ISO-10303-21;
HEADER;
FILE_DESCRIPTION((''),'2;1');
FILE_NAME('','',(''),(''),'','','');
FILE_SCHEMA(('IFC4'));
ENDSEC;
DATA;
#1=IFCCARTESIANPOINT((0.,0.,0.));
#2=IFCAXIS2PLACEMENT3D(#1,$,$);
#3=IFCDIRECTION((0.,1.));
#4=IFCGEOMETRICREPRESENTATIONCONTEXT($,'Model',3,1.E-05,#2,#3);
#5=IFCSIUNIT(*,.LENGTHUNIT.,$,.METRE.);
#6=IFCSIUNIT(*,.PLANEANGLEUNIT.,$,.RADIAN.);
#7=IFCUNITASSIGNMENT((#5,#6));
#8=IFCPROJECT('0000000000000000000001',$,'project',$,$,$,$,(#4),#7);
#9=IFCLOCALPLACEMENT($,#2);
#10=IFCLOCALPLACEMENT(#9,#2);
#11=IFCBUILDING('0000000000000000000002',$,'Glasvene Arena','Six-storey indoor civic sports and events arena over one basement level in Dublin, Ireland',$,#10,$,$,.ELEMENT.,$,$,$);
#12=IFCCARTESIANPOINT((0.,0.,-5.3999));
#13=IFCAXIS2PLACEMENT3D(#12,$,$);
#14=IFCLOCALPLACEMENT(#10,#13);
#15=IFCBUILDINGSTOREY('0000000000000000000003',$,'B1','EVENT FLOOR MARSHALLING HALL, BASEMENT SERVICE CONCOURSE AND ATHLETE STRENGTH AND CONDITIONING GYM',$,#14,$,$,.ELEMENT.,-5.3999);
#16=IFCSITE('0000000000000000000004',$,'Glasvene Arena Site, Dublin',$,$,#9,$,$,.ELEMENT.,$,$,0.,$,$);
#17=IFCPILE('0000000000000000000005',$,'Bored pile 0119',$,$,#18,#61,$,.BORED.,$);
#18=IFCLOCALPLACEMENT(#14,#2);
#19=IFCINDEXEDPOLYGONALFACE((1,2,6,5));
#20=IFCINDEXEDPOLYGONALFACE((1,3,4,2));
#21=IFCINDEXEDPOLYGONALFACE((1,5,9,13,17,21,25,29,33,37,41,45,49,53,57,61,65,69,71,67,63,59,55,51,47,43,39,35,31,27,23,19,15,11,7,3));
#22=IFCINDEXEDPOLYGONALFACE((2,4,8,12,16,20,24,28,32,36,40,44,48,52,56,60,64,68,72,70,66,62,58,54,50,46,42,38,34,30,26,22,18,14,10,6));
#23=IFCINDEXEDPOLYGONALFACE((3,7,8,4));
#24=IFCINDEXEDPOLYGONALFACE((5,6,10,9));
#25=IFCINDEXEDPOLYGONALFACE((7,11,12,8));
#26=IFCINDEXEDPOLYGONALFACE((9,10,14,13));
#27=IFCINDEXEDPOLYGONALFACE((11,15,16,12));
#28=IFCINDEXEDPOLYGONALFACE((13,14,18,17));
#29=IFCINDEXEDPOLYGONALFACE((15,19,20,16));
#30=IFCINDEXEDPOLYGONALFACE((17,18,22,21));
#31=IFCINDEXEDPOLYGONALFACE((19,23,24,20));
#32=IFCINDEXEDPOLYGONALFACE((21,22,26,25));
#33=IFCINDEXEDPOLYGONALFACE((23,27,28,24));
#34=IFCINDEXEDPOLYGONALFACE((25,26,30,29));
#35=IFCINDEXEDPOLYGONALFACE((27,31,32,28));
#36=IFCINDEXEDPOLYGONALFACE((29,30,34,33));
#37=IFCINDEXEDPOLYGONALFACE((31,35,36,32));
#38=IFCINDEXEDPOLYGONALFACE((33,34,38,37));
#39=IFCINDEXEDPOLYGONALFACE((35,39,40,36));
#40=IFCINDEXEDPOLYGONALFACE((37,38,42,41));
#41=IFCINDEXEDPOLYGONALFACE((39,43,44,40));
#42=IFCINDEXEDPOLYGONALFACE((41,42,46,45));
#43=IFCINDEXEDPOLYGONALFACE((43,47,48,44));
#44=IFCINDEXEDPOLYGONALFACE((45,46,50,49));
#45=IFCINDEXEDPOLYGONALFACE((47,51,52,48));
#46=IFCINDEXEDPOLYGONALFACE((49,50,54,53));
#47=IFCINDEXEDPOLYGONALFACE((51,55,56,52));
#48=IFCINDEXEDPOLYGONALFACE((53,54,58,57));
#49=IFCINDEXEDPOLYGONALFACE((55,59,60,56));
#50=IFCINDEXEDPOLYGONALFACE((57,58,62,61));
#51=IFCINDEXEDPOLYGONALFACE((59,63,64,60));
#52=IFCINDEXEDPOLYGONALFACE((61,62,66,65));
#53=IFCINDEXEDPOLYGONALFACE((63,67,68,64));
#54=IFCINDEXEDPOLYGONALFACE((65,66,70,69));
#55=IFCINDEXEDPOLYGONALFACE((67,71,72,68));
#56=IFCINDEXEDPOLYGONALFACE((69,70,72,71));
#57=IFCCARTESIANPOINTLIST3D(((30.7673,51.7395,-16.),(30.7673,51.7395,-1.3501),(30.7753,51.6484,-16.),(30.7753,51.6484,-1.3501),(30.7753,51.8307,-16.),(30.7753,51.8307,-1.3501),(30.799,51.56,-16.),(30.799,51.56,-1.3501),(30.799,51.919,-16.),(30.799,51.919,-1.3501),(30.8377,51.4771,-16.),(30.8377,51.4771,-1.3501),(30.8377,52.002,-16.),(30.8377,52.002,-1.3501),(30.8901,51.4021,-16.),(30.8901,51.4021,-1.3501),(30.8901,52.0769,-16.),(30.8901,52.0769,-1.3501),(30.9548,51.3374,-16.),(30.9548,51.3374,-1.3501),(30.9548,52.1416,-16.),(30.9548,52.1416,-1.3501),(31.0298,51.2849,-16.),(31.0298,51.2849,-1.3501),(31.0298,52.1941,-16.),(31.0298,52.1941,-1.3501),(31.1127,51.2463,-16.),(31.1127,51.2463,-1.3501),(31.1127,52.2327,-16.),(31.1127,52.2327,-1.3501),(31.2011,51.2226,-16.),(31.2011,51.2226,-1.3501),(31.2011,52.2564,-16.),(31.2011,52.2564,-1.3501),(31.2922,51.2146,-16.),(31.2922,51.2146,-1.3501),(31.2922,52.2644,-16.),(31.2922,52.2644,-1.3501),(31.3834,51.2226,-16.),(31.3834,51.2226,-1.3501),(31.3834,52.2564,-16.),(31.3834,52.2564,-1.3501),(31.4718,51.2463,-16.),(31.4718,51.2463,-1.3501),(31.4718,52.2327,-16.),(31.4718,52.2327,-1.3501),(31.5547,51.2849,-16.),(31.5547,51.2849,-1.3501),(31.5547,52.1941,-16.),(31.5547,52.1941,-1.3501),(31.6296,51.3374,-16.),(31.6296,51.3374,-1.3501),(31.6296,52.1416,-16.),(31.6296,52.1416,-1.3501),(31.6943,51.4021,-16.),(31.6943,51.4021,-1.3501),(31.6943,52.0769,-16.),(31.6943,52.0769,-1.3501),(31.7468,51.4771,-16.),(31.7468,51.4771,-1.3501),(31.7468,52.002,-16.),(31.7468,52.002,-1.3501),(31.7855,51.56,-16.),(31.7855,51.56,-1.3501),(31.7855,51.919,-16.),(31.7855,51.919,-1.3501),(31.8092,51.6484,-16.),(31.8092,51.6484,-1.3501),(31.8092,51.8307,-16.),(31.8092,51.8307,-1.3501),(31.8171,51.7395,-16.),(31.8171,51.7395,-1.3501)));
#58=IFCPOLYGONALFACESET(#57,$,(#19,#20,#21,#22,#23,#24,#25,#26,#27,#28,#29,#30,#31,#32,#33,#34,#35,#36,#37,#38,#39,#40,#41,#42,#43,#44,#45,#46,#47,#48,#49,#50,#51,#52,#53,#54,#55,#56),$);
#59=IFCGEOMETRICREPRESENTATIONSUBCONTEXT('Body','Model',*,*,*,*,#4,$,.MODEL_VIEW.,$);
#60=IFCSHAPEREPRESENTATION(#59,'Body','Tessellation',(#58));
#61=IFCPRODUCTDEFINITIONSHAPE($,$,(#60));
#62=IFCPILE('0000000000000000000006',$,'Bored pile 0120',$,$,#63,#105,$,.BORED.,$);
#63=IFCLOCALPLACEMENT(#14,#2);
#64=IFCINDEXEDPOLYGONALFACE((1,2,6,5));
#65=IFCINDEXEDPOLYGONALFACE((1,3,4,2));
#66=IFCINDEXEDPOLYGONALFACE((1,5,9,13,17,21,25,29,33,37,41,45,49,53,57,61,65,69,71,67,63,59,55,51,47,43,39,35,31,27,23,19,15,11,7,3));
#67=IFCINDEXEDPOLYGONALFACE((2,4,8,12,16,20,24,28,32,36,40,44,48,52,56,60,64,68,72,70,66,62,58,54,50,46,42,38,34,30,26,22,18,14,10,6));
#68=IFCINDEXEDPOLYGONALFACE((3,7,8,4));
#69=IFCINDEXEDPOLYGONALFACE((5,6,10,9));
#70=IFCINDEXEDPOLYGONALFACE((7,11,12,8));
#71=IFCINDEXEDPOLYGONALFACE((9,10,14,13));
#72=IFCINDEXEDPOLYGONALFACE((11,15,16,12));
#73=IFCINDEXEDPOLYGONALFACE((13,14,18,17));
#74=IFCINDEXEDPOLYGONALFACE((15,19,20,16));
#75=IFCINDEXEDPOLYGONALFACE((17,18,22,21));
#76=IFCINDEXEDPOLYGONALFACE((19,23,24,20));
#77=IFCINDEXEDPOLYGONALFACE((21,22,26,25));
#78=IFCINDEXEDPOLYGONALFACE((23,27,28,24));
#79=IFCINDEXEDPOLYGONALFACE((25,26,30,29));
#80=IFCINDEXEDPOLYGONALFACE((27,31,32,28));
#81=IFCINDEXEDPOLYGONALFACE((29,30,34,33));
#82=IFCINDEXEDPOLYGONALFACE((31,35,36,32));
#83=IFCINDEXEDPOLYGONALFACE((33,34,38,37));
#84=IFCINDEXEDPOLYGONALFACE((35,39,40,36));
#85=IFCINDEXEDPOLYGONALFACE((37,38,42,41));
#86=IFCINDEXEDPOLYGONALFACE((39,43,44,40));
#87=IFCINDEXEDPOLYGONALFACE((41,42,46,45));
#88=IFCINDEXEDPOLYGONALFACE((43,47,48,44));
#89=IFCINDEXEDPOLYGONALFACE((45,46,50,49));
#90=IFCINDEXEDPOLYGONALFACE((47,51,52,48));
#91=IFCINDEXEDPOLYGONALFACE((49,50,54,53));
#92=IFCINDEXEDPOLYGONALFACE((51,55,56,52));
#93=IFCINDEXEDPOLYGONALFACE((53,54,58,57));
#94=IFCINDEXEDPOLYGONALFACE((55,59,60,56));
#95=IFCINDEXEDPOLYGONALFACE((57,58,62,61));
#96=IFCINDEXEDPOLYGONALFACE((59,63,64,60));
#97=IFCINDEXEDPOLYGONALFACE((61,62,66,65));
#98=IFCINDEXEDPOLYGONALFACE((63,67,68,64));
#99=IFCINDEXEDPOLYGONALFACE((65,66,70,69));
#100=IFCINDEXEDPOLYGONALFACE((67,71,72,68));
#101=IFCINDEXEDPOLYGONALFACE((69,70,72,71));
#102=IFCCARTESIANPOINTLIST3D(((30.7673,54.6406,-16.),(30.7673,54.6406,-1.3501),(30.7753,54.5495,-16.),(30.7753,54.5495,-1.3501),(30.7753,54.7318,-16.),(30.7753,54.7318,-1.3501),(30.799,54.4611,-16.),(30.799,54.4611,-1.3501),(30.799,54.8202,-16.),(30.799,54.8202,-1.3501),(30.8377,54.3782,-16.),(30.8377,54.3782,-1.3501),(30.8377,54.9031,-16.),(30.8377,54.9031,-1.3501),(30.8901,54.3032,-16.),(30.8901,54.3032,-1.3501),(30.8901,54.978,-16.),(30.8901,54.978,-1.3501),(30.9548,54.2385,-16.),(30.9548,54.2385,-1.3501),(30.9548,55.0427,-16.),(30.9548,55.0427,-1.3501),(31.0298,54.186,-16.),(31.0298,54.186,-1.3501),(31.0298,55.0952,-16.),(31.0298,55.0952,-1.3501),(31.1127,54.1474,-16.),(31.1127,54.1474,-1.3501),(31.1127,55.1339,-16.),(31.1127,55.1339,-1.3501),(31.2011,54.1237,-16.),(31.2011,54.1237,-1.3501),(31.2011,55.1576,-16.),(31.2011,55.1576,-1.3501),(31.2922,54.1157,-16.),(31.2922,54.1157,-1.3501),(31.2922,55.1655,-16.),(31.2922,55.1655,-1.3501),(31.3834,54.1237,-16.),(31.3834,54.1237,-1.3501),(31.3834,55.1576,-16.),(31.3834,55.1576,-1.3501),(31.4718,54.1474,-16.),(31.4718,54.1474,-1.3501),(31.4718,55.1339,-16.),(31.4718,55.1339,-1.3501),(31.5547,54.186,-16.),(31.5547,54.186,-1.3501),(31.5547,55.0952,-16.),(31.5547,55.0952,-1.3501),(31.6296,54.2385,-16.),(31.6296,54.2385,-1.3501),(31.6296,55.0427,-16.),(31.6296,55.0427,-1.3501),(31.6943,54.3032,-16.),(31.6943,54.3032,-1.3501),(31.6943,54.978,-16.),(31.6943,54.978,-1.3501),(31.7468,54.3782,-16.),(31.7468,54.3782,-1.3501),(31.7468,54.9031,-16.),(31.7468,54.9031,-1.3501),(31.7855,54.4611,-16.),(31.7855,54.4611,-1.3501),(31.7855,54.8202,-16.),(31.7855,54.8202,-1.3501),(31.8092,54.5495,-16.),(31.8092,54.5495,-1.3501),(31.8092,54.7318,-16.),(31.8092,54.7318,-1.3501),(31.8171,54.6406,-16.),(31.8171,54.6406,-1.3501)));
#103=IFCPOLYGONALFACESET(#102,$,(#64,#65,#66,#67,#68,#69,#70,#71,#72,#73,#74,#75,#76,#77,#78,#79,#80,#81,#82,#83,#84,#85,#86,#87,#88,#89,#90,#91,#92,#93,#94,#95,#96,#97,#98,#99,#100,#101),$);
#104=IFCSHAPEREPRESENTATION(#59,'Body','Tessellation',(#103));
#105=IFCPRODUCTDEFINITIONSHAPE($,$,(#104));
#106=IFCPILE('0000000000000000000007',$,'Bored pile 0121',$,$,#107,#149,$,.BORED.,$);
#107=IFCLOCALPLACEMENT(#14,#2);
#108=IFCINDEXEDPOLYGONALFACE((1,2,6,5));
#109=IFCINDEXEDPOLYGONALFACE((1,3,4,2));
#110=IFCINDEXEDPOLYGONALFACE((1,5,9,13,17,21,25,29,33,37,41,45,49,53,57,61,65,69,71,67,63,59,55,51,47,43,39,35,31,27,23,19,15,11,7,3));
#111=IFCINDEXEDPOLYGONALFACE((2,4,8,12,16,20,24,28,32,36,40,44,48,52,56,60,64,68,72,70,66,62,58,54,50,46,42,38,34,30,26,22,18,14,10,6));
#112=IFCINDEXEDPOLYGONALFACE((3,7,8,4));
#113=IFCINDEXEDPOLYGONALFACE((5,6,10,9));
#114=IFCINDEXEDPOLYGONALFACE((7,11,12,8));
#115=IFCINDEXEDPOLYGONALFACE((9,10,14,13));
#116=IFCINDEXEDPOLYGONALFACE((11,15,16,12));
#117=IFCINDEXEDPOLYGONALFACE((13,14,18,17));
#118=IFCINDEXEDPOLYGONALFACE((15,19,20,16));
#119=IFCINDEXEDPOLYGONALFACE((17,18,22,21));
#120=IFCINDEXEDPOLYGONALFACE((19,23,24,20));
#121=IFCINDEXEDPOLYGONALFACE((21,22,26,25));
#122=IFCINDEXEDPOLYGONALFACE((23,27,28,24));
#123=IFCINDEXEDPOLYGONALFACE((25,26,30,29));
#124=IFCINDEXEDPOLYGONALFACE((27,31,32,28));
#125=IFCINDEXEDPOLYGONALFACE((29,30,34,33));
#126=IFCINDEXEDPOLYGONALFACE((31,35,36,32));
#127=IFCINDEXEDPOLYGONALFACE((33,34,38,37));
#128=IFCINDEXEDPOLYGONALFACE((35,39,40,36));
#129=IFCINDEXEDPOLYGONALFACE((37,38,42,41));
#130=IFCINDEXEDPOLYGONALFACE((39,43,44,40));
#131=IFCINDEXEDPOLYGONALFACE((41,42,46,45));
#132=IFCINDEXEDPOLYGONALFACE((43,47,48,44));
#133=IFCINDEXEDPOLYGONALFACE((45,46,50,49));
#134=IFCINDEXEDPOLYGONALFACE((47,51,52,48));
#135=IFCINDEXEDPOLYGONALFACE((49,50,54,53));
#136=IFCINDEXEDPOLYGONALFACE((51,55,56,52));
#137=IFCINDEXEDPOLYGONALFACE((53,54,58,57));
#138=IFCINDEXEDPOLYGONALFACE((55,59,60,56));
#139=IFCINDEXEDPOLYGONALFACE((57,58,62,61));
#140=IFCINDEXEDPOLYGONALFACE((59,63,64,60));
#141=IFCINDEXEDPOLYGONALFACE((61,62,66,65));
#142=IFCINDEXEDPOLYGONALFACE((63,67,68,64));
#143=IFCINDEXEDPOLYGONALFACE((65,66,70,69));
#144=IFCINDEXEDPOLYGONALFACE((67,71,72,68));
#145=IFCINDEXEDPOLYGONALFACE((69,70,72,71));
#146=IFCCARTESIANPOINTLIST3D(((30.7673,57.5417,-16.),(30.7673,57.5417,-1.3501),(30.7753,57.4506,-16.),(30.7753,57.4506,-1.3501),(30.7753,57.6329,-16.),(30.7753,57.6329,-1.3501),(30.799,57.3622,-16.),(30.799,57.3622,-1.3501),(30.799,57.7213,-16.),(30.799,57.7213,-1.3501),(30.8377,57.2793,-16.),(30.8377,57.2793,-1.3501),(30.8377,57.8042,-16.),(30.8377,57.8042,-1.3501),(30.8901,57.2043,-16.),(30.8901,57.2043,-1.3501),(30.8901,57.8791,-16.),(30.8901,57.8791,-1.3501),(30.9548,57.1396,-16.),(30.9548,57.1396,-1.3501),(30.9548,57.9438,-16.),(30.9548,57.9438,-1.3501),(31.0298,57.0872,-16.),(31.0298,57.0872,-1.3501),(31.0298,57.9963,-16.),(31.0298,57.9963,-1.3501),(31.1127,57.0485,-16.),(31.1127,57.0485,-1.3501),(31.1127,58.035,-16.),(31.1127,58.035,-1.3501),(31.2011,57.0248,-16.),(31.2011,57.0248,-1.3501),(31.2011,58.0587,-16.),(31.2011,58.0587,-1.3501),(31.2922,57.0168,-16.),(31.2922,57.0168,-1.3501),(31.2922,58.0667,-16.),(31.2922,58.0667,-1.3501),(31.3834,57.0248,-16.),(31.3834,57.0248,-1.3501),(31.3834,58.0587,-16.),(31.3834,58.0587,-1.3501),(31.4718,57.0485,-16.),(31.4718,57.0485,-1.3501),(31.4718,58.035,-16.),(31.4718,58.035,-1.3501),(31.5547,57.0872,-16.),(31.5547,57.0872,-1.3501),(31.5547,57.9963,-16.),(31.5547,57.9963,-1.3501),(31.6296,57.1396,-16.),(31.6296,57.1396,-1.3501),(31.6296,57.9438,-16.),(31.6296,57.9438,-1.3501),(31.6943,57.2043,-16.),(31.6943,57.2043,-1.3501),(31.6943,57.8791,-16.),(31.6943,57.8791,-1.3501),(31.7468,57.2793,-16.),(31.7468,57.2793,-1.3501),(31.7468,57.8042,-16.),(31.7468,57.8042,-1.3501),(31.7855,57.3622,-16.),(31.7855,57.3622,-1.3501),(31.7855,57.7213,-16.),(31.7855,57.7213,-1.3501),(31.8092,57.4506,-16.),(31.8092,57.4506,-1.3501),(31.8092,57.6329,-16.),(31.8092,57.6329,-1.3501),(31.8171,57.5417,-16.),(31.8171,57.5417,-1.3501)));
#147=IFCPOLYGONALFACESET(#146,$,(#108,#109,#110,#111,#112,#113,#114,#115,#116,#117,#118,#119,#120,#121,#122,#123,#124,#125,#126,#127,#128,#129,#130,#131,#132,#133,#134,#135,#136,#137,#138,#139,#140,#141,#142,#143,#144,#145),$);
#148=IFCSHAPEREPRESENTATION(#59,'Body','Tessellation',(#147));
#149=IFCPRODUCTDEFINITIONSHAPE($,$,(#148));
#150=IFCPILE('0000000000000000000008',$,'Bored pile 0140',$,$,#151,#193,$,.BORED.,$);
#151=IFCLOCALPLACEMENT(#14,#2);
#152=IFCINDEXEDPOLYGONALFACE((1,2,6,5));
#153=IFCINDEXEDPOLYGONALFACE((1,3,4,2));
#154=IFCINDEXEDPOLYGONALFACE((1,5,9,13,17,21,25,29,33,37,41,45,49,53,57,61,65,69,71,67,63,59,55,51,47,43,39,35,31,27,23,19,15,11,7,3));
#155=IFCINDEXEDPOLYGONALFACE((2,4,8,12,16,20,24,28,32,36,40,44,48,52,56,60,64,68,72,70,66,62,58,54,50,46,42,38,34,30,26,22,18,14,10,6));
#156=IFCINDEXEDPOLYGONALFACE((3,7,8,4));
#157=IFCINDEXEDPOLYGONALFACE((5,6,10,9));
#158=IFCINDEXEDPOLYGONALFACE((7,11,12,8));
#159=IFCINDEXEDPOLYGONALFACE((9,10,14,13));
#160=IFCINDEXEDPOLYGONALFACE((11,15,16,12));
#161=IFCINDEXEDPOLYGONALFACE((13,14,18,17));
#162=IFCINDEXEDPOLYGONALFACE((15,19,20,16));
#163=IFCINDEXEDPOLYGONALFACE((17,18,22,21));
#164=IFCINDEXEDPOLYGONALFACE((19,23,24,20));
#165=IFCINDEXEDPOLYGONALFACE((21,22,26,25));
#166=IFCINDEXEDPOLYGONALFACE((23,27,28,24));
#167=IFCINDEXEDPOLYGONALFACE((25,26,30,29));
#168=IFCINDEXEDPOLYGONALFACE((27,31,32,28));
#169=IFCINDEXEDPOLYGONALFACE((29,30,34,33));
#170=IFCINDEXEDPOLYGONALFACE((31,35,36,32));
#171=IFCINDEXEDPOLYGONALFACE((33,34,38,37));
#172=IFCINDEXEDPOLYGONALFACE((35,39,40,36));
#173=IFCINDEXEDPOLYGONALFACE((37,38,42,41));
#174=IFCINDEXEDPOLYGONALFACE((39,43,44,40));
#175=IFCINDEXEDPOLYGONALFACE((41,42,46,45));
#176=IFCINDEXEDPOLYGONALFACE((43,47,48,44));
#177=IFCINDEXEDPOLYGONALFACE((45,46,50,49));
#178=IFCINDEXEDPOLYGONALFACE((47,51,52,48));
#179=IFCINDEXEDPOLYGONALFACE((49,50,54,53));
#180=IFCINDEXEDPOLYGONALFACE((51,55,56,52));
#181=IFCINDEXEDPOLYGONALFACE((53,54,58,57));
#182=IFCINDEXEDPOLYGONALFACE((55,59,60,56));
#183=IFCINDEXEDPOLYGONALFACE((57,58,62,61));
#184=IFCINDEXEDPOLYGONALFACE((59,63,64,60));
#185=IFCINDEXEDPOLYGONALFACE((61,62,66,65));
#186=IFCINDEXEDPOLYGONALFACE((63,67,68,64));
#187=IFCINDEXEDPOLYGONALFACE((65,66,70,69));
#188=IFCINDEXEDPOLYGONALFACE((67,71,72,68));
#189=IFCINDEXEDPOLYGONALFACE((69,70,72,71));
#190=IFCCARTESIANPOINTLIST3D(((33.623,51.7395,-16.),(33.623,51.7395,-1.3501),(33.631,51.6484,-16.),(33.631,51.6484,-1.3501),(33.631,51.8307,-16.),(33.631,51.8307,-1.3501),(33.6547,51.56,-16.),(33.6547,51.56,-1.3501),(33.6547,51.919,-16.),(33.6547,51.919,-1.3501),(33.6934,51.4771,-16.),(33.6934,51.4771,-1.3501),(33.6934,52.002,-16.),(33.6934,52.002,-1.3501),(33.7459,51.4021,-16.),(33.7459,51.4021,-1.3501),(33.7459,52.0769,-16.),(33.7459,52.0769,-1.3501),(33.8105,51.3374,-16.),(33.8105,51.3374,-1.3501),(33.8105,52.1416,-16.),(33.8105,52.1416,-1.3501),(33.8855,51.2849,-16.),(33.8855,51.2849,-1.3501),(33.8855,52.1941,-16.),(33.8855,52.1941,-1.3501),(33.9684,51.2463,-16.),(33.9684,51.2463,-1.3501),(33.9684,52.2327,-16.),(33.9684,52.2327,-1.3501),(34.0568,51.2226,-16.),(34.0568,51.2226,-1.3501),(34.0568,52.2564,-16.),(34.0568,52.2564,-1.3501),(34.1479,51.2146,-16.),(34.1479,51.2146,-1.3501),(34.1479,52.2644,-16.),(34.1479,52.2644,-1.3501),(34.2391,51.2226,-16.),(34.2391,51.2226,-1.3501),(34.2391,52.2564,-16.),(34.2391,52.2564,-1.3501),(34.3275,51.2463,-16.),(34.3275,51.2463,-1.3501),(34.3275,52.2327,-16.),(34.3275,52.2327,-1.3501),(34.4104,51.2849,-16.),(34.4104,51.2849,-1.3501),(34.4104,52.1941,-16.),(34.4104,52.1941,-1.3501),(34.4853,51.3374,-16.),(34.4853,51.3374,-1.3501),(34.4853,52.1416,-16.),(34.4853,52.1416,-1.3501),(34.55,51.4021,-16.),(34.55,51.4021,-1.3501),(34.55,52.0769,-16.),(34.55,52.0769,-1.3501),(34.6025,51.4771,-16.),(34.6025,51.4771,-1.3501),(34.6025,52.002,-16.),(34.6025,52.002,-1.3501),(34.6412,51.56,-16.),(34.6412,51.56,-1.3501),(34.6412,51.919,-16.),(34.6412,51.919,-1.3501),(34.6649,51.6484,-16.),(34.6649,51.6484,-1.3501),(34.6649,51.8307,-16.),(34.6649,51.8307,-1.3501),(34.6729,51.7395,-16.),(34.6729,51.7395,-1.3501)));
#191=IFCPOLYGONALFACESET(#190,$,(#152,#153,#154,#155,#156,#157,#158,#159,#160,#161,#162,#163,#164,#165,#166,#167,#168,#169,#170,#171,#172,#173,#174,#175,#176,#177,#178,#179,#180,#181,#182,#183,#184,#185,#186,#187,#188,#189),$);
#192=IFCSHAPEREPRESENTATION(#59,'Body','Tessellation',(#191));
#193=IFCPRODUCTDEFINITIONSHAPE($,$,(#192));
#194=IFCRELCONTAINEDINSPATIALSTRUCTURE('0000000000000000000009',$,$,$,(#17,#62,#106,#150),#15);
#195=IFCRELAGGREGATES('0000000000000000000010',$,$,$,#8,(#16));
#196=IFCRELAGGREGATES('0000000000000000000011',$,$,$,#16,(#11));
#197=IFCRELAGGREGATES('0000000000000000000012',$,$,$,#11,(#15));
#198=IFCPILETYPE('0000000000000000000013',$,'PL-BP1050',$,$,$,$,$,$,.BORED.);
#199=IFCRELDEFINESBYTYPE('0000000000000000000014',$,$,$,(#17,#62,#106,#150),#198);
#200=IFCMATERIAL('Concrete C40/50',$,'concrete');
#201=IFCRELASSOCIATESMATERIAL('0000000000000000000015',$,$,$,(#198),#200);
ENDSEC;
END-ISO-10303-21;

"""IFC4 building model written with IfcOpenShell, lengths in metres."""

from ifc_helpers import new_model, si_unit, direction, frame, origin, origin_2d, place, context, subcontext, project, spatial, circle, extrude, material, material_profile, profile_set, type_object, element, save


model = new_model("IFC4")

# Units and contexts
model_context = context("Model", 3, precision=1e-05, world=origin(), true_north=direction((0.0, 1.0)))
body_context = subcontext(model_context, "Body", "Model", "MODEL_VIEW")
ifc_project = project(units=[si_unit("LENGTHUNIT", "METRE"), si_unit("PLANEANGLEUNIT", "RADIAN")], contexts=[model_context])

# Site, building, storey
site_placement = place(None, origin())
site = spatial("IfcSite", under=ifc_project, at=site_placement, Name="Glasvene Arena Site, Dublin", CompositionType="ELEMENT", RefElevation=0.0)
building_placement = place(site_placement, origin())
building = spatial("IfcBuilding", under=site, at=building_placement, Name="Glasvene Arena", Description="Six-storey indoor civic sports and events arena over one basement level in Dublin, Ireland", CompositionType="ELEMENT")
storey_placement = place(building_placement, frame((0.0, 0.0, -5.3999)))
storey = spatial("IfcBuildingStorey", under=building, at=storey_placement, Name="B1", Description="EVENT FLOOR MARSHALLING HALL, BASEMENT SERVICE CONCOURSE AND ATHLETE STRENGTH AND CONDITIONING GYM", CompositionType="ELEMENT", Elevation=-5.3999)

# Shared definitions
ifc_material_1 = material(Name="Concrete C40/50", Category="concrete")

# Piles
ifc_material_profile_1 = material_profile(ifc_material_1, circle(Radius=0.5249, at=origin_2d()), Name="BORED PILE 1050")
ifc_profile_set_1 = profile_set([ifc_material_profile_1], Name="Concrete C40/50")
pile_type = type_object("IfcPileType", Name="PL-BP1050", PredefinedType="BORED", material=ifc_profile_set_1)
for number, where, z_axis, x_axis, name in (
    (1, (31.2922, 51.7395, -1.3501), (0.0, 0.0, -1.0), (1.0, 0.0, 0.0), "Bored pile 0119"),
    (2, (31.2922, 54.6406, -1.3501), (0.0, 0.0, -1.0), (1.0, 0.0, 0.0), "Bored pile 0120"),
    (3, (31.2922, 57.5417, -1.3501), (0.0, 0.0, -1.0), (1.0, 0.0, 0.0), "Bored pile 0121"),
    (4, (34.1479, 51.7395, -1.3501), (0.0, 0.0, -1.0), (1.0, 0.0, 0.0), "Bored pile 0140"),
):
    element("IfcPile", number, at=place(storey_placement, frame(where, z_axis=z_axis, x_axis=x_axis)), inside=storey, type_object=pile_type, Name=name, PredefinedType="BORED", context=body_context, shape_type="SweptSolid", body=[
        extrude(circle(Radius=0.5249, at=origin_2d()), origin(), (0.0, 0.0, 1.0), 14.6499),
    ])

save(model, "model.ifc")
